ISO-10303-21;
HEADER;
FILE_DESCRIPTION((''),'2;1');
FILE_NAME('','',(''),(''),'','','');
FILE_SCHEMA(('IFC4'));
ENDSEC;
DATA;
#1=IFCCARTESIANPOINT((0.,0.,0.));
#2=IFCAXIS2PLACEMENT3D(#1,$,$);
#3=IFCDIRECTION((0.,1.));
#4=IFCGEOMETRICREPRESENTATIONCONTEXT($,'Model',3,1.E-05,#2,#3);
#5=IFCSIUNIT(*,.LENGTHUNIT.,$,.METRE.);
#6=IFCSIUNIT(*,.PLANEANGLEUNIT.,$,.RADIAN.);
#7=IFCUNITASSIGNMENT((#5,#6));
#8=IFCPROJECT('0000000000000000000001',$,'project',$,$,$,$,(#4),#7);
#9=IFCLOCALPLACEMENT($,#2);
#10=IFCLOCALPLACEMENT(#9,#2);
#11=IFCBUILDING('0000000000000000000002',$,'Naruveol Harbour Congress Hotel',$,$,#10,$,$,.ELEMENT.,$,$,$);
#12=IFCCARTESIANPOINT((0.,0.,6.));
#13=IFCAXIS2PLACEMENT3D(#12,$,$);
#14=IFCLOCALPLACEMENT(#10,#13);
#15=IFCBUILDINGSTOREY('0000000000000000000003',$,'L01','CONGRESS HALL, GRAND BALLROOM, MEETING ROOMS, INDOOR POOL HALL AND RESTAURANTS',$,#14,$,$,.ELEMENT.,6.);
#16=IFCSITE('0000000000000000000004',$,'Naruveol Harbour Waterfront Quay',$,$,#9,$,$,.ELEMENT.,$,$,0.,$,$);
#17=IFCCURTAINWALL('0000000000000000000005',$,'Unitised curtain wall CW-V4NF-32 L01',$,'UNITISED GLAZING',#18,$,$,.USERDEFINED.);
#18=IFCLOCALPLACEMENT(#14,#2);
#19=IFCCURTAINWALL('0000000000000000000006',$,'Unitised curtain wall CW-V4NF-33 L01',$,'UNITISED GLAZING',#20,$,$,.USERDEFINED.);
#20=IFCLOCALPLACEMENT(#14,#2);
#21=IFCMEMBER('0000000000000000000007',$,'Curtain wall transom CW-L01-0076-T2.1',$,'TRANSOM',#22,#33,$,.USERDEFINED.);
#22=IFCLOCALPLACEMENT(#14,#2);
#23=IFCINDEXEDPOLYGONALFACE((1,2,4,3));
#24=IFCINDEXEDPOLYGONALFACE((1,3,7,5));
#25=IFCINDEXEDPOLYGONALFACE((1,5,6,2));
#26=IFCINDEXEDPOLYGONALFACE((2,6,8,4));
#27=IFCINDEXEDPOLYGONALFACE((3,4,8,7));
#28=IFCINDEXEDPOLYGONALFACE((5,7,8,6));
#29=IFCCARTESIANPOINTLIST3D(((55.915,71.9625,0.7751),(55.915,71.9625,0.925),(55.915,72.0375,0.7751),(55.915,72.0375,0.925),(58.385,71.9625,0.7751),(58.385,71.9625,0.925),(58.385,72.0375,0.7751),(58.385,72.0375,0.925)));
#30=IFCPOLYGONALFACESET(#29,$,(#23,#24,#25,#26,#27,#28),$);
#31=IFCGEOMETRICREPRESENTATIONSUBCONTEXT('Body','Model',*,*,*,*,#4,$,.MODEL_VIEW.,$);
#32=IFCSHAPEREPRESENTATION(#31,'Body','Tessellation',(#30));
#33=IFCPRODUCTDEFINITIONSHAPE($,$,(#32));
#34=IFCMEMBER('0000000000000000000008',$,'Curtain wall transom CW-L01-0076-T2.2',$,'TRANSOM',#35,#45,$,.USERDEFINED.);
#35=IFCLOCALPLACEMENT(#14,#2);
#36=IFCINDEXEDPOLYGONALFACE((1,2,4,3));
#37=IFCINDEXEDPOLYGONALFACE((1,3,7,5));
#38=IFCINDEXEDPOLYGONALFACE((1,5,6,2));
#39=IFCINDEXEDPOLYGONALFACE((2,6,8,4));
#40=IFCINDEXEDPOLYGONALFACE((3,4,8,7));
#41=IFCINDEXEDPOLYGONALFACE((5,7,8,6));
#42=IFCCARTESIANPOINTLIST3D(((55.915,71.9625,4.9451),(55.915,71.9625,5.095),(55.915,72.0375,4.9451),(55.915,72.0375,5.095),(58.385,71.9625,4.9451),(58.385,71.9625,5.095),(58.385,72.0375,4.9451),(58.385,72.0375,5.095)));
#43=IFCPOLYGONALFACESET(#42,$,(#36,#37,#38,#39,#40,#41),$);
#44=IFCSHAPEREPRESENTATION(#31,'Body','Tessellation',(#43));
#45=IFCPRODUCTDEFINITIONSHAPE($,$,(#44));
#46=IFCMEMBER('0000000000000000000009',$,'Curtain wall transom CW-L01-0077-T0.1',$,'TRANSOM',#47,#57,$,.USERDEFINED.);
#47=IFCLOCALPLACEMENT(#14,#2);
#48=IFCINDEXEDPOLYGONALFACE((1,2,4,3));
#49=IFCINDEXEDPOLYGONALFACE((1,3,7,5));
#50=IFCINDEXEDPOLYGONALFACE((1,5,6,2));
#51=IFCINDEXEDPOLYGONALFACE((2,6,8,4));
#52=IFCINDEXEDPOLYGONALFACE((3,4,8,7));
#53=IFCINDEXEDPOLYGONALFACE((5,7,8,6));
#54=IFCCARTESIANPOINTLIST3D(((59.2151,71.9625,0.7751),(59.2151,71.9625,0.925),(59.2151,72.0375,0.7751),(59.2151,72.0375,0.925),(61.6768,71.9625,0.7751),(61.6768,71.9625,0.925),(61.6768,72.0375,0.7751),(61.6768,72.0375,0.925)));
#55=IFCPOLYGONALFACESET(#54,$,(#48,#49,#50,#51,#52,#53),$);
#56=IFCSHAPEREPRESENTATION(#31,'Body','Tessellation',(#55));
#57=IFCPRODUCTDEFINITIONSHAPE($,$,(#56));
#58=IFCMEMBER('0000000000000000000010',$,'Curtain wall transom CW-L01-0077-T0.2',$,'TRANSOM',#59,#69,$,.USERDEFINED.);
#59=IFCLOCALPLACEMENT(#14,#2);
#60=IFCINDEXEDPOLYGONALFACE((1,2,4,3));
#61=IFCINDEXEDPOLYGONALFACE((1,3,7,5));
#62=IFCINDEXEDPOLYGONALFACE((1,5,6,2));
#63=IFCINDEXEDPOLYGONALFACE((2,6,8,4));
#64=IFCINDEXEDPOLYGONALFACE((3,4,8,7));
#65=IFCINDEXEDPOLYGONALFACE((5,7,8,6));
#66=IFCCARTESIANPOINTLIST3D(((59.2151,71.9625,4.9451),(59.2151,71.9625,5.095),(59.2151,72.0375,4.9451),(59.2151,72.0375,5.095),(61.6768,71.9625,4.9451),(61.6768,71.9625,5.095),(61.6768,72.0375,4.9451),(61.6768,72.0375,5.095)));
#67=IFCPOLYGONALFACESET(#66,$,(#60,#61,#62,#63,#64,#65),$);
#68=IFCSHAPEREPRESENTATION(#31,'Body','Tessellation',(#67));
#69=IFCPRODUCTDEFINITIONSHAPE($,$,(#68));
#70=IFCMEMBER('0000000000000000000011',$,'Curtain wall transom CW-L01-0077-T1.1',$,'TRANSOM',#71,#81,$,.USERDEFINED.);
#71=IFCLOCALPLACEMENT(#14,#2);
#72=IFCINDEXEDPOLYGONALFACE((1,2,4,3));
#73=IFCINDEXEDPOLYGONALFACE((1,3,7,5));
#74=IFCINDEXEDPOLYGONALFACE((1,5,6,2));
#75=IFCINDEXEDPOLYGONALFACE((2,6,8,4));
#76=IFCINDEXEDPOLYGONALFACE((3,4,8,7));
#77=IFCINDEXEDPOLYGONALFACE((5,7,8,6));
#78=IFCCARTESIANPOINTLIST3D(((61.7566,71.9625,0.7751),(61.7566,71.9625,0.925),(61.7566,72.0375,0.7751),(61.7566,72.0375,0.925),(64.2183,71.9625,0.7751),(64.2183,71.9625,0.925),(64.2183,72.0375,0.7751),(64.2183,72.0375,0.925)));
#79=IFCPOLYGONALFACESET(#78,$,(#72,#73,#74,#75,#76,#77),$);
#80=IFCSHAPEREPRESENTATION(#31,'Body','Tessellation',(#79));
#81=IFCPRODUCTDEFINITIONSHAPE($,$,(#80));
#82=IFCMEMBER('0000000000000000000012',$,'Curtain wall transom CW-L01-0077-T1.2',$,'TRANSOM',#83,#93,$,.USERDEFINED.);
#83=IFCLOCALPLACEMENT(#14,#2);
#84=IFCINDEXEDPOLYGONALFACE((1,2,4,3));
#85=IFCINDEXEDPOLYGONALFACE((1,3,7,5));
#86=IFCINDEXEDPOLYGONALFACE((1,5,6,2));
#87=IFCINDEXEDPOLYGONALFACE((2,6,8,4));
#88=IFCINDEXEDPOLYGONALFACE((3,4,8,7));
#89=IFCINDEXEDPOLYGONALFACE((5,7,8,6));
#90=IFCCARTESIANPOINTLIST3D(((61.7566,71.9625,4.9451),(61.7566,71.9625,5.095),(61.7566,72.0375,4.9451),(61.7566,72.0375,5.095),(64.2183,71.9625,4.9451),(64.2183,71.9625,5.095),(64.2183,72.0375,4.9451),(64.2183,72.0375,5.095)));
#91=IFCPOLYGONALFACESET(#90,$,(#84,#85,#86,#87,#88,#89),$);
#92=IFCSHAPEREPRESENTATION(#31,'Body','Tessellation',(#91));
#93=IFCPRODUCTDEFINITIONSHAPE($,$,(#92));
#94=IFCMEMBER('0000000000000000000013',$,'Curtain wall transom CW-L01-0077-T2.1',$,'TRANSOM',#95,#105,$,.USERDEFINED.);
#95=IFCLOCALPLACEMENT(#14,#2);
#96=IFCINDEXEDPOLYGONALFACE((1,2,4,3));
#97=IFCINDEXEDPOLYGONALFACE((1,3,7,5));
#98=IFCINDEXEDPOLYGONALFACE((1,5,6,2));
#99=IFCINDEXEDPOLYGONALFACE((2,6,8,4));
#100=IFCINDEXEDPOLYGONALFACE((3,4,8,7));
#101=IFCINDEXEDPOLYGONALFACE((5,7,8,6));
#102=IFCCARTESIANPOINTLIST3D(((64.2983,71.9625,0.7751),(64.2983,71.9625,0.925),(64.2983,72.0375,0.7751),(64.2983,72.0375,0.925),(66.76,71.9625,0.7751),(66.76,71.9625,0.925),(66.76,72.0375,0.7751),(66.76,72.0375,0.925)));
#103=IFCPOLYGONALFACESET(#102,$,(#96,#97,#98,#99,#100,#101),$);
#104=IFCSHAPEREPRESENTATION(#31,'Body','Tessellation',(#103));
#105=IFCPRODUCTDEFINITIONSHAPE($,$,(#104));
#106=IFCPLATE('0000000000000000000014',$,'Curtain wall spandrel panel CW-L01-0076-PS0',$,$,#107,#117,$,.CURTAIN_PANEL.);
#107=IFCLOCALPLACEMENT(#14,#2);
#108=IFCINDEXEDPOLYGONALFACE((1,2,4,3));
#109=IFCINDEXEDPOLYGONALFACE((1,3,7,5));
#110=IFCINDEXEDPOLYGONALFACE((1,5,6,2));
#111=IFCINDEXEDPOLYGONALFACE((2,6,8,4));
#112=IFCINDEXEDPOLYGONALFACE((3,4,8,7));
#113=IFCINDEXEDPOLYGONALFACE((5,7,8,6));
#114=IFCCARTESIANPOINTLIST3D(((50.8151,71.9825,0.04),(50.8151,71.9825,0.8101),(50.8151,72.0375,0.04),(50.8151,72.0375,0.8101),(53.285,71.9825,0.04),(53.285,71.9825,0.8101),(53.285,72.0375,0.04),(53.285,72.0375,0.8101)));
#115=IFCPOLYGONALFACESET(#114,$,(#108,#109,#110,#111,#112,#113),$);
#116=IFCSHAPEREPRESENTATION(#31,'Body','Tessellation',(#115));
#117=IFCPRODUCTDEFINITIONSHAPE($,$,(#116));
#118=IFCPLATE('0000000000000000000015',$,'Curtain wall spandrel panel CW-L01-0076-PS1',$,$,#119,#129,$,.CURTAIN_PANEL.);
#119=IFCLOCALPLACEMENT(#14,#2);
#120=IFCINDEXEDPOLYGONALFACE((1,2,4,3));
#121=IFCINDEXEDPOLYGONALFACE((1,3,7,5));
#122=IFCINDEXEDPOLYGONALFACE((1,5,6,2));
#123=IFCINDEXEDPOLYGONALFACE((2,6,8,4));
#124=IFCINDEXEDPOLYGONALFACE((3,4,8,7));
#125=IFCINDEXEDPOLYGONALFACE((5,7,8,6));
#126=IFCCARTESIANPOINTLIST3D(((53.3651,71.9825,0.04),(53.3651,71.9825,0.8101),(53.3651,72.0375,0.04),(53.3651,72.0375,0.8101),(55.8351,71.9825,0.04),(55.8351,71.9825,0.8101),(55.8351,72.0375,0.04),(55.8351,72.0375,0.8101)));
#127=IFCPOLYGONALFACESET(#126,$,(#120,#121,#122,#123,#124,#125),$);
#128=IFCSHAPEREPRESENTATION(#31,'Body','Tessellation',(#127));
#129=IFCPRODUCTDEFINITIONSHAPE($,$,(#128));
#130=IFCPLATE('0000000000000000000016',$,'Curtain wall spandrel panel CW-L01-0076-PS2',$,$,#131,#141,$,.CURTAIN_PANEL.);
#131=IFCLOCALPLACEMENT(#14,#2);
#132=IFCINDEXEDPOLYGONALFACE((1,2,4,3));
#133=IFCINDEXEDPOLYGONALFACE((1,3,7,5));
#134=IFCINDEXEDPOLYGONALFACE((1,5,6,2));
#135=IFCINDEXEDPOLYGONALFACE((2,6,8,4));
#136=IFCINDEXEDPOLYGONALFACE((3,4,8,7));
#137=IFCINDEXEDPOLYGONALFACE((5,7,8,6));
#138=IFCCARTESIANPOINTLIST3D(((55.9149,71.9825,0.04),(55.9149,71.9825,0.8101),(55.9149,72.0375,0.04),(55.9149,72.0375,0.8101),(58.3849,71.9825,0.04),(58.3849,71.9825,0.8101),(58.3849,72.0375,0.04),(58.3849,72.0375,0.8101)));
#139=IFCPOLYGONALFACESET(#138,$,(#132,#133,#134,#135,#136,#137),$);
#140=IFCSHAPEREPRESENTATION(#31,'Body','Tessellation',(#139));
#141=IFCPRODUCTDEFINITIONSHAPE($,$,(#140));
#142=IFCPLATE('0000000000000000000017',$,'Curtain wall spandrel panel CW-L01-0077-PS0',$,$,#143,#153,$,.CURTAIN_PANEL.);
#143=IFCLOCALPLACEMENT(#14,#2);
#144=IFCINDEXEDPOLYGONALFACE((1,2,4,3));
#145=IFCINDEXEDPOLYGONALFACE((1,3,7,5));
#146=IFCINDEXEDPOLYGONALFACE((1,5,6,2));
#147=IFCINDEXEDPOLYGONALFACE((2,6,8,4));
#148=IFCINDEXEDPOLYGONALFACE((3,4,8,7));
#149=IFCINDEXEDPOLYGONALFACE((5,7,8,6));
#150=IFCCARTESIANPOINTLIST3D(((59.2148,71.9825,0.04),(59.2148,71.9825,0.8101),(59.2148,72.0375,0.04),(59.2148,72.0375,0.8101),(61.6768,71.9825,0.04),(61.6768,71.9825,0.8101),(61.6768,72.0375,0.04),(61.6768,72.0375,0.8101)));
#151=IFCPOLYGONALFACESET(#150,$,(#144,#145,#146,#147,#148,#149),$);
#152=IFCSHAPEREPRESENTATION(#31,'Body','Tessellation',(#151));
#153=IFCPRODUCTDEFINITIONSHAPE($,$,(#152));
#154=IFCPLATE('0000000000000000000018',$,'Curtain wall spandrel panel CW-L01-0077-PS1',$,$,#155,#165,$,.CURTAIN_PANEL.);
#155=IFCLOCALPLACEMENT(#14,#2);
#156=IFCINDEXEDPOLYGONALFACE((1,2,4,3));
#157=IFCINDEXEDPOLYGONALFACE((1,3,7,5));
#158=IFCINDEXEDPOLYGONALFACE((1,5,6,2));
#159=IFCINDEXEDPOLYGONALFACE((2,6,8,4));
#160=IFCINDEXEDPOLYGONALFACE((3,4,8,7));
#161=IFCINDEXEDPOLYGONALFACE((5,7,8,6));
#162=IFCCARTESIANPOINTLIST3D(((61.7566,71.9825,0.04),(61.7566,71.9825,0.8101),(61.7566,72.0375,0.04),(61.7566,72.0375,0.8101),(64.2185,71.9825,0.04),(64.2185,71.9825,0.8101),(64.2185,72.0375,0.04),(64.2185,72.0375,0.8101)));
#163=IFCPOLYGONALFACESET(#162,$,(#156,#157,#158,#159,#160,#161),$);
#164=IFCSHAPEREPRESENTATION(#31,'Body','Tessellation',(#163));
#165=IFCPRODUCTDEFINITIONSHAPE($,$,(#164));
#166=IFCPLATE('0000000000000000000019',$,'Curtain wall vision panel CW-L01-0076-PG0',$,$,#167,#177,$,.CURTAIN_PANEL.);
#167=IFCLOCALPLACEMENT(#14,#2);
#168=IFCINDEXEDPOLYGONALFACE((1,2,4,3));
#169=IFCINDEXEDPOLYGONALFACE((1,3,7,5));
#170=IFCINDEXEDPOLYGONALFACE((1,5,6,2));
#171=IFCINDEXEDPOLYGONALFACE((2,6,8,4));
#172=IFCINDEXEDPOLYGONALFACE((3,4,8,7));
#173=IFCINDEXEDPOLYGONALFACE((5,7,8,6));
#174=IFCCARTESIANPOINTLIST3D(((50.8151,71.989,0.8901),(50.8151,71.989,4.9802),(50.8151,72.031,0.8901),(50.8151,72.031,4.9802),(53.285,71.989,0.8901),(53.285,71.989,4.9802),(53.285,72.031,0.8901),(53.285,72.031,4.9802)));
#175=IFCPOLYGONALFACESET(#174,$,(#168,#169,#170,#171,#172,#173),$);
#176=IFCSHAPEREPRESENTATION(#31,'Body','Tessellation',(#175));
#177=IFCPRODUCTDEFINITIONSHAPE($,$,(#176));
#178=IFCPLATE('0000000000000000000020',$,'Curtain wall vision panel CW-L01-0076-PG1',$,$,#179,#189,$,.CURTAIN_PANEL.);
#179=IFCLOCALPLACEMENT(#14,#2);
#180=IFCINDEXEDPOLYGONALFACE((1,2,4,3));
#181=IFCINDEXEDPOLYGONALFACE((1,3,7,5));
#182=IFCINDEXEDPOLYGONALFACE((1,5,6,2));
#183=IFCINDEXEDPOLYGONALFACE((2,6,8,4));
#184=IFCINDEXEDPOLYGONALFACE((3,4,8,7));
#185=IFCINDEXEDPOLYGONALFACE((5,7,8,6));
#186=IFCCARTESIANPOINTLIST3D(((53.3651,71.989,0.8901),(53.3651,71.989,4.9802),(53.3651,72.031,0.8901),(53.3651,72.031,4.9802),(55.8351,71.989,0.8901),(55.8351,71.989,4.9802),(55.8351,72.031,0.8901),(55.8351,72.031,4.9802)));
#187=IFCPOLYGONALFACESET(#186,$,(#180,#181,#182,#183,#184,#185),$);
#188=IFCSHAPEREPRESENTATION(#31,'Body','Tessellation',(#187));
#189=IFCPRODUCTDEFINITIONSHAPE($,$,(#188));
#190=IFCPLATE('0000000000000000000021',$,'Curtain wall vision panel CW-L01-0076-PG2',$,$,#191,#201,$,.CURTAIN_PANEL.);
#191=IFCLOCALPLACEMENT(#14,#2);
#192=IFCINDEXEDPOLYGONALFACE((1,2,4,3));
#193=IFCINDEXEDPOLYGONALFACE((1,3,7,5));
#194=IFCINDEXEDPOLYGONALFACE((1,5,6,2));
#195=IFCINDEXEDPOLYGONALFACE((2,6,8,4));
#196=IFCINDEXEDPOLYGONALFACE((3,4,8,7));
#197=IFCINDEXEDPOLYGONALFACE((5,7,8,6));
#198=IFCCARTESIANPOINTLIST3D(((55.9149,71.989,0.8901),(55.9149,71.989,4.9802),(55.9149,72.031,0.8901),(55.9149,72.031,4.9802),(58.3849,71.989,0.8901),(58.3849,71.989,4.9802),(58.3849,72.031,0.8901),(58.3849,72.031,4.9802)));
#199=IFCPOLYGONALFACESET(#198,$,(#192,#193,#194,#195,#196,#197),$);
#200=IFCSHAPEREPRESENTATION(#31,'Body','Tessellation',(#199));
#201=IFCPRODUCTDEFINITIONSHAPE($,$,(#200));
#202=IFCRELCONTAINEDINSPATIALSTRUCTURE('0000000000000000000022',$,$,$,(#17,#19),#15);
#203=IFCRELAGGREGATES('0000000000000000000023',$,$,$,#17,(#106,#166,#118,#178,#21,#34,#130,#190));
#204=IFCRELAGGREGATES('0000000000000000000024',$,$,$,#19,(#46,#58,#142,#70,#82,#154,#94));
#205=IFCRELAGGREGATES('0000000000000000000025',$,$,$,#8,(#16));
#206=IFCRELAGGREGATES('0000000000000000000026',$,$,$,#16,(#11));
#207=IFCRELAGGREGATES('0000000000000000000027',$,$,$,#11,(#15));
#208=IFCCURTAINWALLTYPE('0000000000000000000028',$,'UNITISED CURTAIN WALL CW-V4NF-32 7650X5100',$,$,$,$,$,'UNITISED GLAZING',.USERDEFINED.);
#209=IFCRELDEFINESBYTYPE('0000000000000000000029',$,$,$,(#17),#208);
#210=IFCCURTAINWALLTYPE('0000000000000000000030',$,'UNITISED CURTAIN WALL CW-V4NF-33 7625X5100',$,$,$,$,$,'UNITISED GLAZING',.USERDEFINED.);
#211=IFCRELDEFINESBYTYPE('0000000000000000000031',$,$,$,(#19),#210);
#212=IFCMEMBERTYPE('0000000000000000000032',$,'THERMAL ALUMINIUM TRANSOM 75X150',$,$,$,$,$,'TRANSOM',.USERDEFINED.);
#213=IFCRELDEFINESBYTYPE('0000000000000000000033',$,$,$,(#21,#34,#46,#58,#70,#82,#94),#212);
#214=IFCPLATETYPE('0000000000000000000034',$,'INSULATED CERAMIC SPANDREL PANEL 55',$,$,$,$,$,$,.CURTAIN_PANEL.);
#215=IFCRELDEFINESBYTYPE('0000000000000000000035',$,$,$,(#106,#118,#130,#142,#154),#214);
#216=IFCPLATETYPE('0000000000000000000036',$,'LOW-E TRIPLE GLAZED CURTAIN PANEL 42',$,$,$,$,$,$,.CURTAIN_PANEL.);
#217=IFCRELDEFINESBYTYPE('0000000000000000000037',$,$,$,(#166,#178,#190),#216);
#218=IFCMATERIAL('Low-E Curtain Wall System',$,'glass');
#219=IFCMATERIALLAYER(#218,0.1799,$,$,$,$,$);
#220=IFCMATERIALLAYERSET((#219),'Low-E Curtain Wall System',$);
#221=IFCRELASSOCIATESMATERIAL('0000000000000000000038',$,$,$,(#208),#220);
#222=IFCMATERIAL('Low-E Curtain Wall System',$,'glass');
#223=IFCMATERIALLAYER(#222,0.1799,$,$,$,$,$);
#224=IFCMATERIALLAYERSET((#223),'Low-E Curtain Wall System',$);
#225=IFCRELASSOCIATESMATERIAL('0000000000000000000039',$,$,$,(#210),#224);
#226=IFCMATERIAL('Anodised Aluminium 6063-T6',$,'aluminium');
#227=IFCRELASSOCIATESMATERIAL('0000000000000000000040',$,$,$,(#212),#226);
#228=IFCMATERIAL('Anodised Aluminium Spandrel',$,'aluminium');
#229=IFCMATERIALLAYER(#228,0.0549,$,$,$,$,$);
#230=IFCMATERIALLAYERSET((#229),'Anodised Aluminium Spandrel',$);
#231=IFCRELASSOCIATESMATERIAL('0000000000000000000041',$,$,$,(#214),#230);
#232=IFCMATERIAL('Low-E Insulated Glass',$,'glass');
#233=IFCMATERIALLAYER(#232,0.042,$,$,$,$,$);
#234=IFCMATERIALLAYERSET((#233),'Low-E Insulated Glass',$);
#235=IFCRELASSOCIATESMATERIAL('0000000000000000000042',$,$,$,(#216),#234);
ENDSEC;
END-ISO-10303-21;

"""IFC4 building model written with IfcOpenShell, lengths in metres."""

from ifc_helpers import new_model, si_unit, direction, frame, origin, origin_2d, place, context, subcontext, project, spatial, rectangle, extrude, material, layer, layer_set, material_profile, profile_set, type_object, element, aggregate, save


model = new_model("IFC4")

# Units and contexts
model_context = context("Model", 3, precision=1e-05, world=origin(), true_north=direction((0.0, 1.0)))
body_context = subcontext(model_context, "Body", "Model", "MODEL_VIEW")
ifc_project = project(units=[si_unit("LENGTHUNIT", "METRE"), si_unit("PLANEANGLEUNIT", "RADIAN")], contexts=[model_context])

# Site, building, storey
site_placement = place(None, origin())
site = spatial("IfcSite", under=ifc_project, at=site_placement, Name="Naruveol Harbour Waterfront Quay", CompositionType="ELEMENT", RefElevation=0.0)
building_placement = place(site_placement, origin())
building = spatial("IfcBuilding", under=site, at=building_placement, Name="Naruveol Harbour Congress Hotel", CompositionType="ELEMENT")
storey_placement = place(building_placement, frame((0.0, 0.0, 6.0)))
storey = spatial("IfcBuildingStorey", under=building, at=storey_placement, Name="L01", Description="CONGRESS HALL, GRAND BALLROOM, MEETING ROOMS, INDOOR POOL HALL AND RESTAURANTS", CompositionType="ELEMENT", Elevation=6.0)

# Curtain walls
ifc_material_1 = material(Name="Low-E Curtain Wall System", Category="glass")
ifc_layer_1 = layer(ifc_material_1, 0.1799)
ifc_layer_set_1 = layer_set([ifc_layer_1], Name="Low-E Curtain Wall System")
curtain_wall_type_1 = type_object("IfcCurtainWallType", Name="UNITISED CURTAIN WALL CW-V4NF-32 7650X5100", ElementType="UNITISED GLAZING", PredefinedType="USERDEFINED", material=ifc_layer_set_1)
curtain_wall_1_placement = place(storey_placement, origin())
curtain_wall_1 = element("IfcCurtainWall", 1, at=curtain_wall_1_placement, inside=storey, type_object=curtain_wall_type_1, Name="Unitised curtain wall CW-V4NF-32 L01", ObjectType="UNITISED GLAZING", PredefinedType="USERDEFINED")
ifc_material_2 = material(Name="Low-E Curtain Wall System", Category="glass")
ifc_layer_2 = layer(ifc_material_2, 0.1799)
ifc_layer_set_2 = layer_set([ifc_layer_2], Name="Low-E Curtain Wall System")
curtain_wall_type_2 = type_object("IfcCurtainWallType", Name="UNITISED CURTAIN WALL CW-V4NF-33 7625X5100", ElementType="UNITISED GLAZING", PredefinedType="USERDEFINED", material=ifc_layer_set_2)
curtain_wall_2_placement = place(storey_placement, origin())
curtain_wall_2 = element("IfcCurtainWall", 2, at=curtain_wall_2_placement, inside=storey, type_object=curtain_wall_type_2, Name="Unitised curtain wall CW-V4NF-33 L01", ObjectType="UNITISED GLAZING", PredefinedType="USERDEFINED")

# Members
ifc_material_3 = material(Name="Anodised Aluminium 6063-T6", Category="aluminium")
ifc_material_profile_1 = material_profile(ifc_material_3, rectangle(XDim=0.075, YDim=0.1499, at=origin_2d()), Name="ALU-75x150")
ifc_profile_set_1 = profile_set([ifc_material_profile_1], Name="Anodised Aluminium 6063-T6")
member_type_1 = type_object("IfcMemberType", Name="THERMAL ALUMINIUM TRANSOM 75X150", ElementType="TRANSOM", PredefinedType="USERDEFINED", material=ifc_profile_set_1)
member_1_placement = place(storey_placement, frame((55.915, 72.0, 0.8501), z_axis=(1.0, 0.0, 0.0), x_axis=(0.0, 1.0, 0.0)))
member_1 = element("IfcMember", 3, at=member_1_placement, type_object=member_type_1, Name="Curtain wall transom CW-L01-0076-T2.1", ObjectType="TRANSOM", PredefinedType="USERDEFINED", context=body_context, shape_type="SweptSolid", body=[
    extrude(rectangle(XDim=0.075, YDim=0.1499, at=origin_2d()), origin(), (0.0, 0.0, 1.0), 2.47),
])
member_2_placement = place(storey_placement, frame((55.915, 72.0, 5.02), z_axis=(1.0, 0.0, 0.0), x_axis=(0.0, 1.0, 0.0)))
member_2 = element("IfcMember", 4, at=member_2_placement, type_object=member_type_1, Name="Curtain wall transom CW-L01-0076-T2.2", ObjectType="TRANSOM", PredefinedType="USERDEFINED", context=body_context, shape_type="SweptSolid", body=[
    extrude(rectangle(XDim=0.075, YDim=0.1499, at=origin_2d()), origin(), (0.0, 0.0, 1.0), 2.47),
])
member_3_placement = place(storey_placement, frame((59.2151, 72.0, 0.8501), z_axis=(1.0, 0.0, 0.0), x_axis=(0.0, 1.0, 0.0)))
member_3 = element("IfcMember", 5, at=member_3_placement, type_object=member_type_1, Name="Curtain wall transom CW-L01-0077-T0.1", ObjectType="TRANSOM", PredefinedType="USERDEFINED", context=body_context, shape_type="SweptSolid", body=[
    extrude(rectangle(XDim=0.075, YDim=0.1499, at=origin_2d()), origin(), (0.0, 0.0, 1.0), 2.4617),
])
member_4_placement = place(storey_placement, frame((59.2151, 72.0, 5.02), z_axis=(1.0, 0.0, 0.0), x_axis=(0.0, 1.0, 0.0)))
member_4 = element("IfcMember", 6, at=member_4_placement, type_object=member_type_1, Name="Curtain wall transom CW-L01-0077-T0.2", ObjectType="TRANSOM", PredefinedType="USERDEFINED", context=body_context, shape_type="SweptSolid", body=[
    extrude(rectangle(XDim=0.075, YDim=0.1499, at=origin_2d()), origin(), (0.0, 0.0, 1.0), 2.4617),
])
member_5_placement = place(storey_placement, frame((61.7566, 72.0, 0.8501), z_axis=(1.0, 0.0, 0.0), x_axis=(0.0, 1.0, 0.0)))
member_5 = element("IfcMember", 7, at=member_5_placement, type_object=member_type_1, Name="Curtain wall transom CW-L01-0077-T1.1", ObjectType="TRANSOM", PredefinedType="USERDEFINED", context=body_context, shape_type="SweptSolid", body=[
    extrude(rectangle(XDim=0.075, YDim=0.1499, at=origin_2d()), origin(), (0.0, 0.0, 1.0), 2.4617),
])
member_6_placement = place(storey_placement, frame((61.7566, 72.0, 5.02), z_axis=(1.0, 0.0, 0.0), x_axis=(0.0, 1.0, 0.0)))
member_6 = element("IfcMember", 8, at=member_6_placement, type_object=member_type_1, Name="Curtain wall transom CW-L01-0077-T1.2", ObjectType="TRANSOM", PredefinedType="USERDEFINED", context=body_context, shape_type="SweptSolid", body=[
    extrude(rectangle(XDim=0.075, YDim=0.1499, at=origin_2d()), origin(), (0.0, 0.0, 1.0), 2.4617),
])
member_7_placement = place(storey_placement, frame((64.2983, 72.0, 0.8501), z_axis=(1.0, 0.0, 0.0), x_axis=(0.0, 1.0, 0.0)))
member_7 = element("IfcMember", 9, at=member_7_placement, type_object=member_type_1, Name="Curtain wall transom CW-L01-0077-T2.1", ObjectType="TRANSOM", PredefinedType="USERDEFINED", context=body_context, shape_type="SweptSolid", body=[
    extrude(rectangle(XDim=0.075, YDim=0.1499, at=origin_2d()), origin(), (0.0, 0.0, 1.0), 2.4617),
])

# Plates
ifc_material_4 = material(Name="Anodised Aluminium Spandrel", Category="aluminium")
ifc_layer_3 = layer(ifc_material_4, 0.0549)
ifc_layer_set_3 = layer_set([ifc_layer_3], Name="Anodised Aluminium Spandrel")
plate_type_1 = type_object("IfcPlateType", Name="INSULATED CERAMIC SPANDREL PANEL 55", PredefinedType="CURTAIN_PANEL", material=ifc_layer_set_3)
plate_1_placement = place(storey_placement, frame((52.05, 72.01, 0.04), z_axis=(0.0, 0.0, 1.0), x_axis=(1.0, 0.0, 0.0)))
plate_1 = element("IfcPlate", 10, at=plate_1_placement, type_object=plate_type_1, Name="Curtain wall spandrel panel CW-L01-0076-PS0", PredefinedType="CURTAIN_PANEL", context=body_context, shape_type="SweptSolid", body=[
    extrude(rectangle(XDim=2.47, YDim=0.0549, at=origin_2d()), origin(), (0.0, 0.0, 1.0), 0.77),
])
plate_2_placement = place(storey_placement, frame((54.6001, 72.01, 0.04), z_axis=(0.0, 0.0, 1.0), x_axis=(1.0, 0.0, 0.0)))
plate_2 = element("IfcPlate", 11, at=plate_2_placement, type_object=plate_type_1, Name="Curtain wall spandrel panel CW-L01-0076-PS1", PredefinedType="CURTAIN_PANEL", context=body_context, shape_type="SweptSolid", body=[
    extrude(rectangle(XDim=2.47, YDim=0.0549, at=origin_2d()), origin(), (0.0, 0.0, 1.0), 0.77),
])
plate_3_placement = place(storey_placement, frame((57.1499, 72.01, 0.04), z_axis=(0.0, 0.0, 1.0), x_axis=(1.0, 0.0, 0.0)))
plate_3 = element("IfcPlate", 12, at=plate_3_placement, type_object=plate_type_1, Name="Curtain wall spandrel panel CW-L01-0076-PS2", PredefinedType="CURTAIN_PANEL", context=body_context, shape_type="SweptSolid", body=[
    extrude(rectangle(XDim=2.47, YDim=0.0549, at=origin_2d()), origin(), (0.0, 0.0, 1.0), 0.77),
])
plate_4_placement = place(storey_placement, frame((60.4458, 72.01, 0.04), z_axis=(0.0, 0.0, 1.0), x_axis=(1.0, 0.0, 0.0)))
plate_4 = element("IfcPlate", 13, at=plate_4_placement, type_object=plate_type_1, Name="Curtain wall spandrel panel CW-L01-0077-PS0", PredefinedType="CURTAIN_PANEL", context=body_context, shape_type="SweptSolid", body=[
    extrude(rectangle(XDim=2.4619, YDim=0.0549, at=origin_2d()), origin(), (0.0, 0.0, 1.0), 0.77),
])
plate_5_placement = place(storey_placement, frame((62.9875, 72.01, 0.04), z_axis=(0.0, 0.0, 1.0), x_axis=(1.0, 0.0, 0.0)))
plate_5 = element("IfcPlate", 14, at=plate_5_placement, type_object=plate_type_1, Name="Curtain wall spandrel panel CW-L01-0077-PS1", PredefinedType="CURTAIN_PANEL", context=body_context, shape_type="SweptSolid", body=[
    extrude(rectangle(XDim=2.4619, YDim=0.0549, at=origin_2d()), origin(), (0.0, 0.0, 1.0), 0.77),
])
ifc_material_5 = material(Name="Low-E Insulated Glass", Category="glass")
ifc_layer_4 = layer(ifc_material_5, 0.042)
ifc_layer_set_4 = layer_set([ifc_layer_4], Name="Low-E Insulated Glass")
plate_type_2 = type_object("IfcPlateType", Name="LOW-E TRIPLE GLAZED CURTAIN PANEL 42", PredefinedType="CURTAIN_PANEL", material=ifc_layer_set_4)
plate_6_placement = place(storey_placement, frame((52.05, 72.01, 0.8901), z_axis=(0.0, 0.0, 1.0), x_axis=(1.0, 0.0, 0.0)))
plate_6 = element("IfcPlate", 15, at=plate_6_placement, type_object=plate_type_2, Name="Curtain wall vision panel CW-L01-0076-PG0", PredefinedType="CURTAIN_PANEL", context=body_context, shape_type="SweptSolid", body=[
    extrude(rectangle(XDim=2.47, YDim=0.042, at=origin_2d()), origin(), (0.0, 0.0, 1.0), 4.0901),
])
plate_7_placement = place(storey_placement, frame((54.6001, 72.01, 0.8901), z_axis=(0.0, 0.0, 1.0), x_axis=(1.0, 0.0, 0.0)))
plate_7 = element("IfcPlate", 16, at=plate_7_placement, type_object=plate_type_2, Name="Curtain wall vision panel CW-L01-0076-PG1", PredefinedType="CURTAIN_PANEL", context=body_context, shape_type="SweptSolid", body=[
    extrude(rectangle(XDim=2.47, YDim=0.042, at=origin_2d()), origin(), (0.0, 0.0, 1.0), 4.0901),
])
plate_8_placement = place(storey_placement, frame((57.1499, 72.01, 0.8901), z_axis=(0.0, 0.0, 1.0), x_axis=(1.0, 0.0, 0.0)))
plate_8 = element("IfcPlate", 17, at=plate_8_placement, type_object=plate_type_2, Name="Curtain wall vision panel CW-L01-0076-PG2", PredefinedType="CURTAIN_PANEL", context=body_context, shape_type="SweptSolid", body=[
    extrude(rectangle(XDim=2.47, YDim=0.042, at=origin_2d()), origin(), (0.0, 0.0, 1.0), 4.0901),
])
aggregate(curtain_wall_1, [plate_1, plate_6, plate_2, plate_7, member_1, member_2, plate_3, plate_8])
aggregate(curtain_wall_2, [member_3, member_4, plate_4, member_5, member_6, plate_5, member_7])

save(model, "model.ifc")
